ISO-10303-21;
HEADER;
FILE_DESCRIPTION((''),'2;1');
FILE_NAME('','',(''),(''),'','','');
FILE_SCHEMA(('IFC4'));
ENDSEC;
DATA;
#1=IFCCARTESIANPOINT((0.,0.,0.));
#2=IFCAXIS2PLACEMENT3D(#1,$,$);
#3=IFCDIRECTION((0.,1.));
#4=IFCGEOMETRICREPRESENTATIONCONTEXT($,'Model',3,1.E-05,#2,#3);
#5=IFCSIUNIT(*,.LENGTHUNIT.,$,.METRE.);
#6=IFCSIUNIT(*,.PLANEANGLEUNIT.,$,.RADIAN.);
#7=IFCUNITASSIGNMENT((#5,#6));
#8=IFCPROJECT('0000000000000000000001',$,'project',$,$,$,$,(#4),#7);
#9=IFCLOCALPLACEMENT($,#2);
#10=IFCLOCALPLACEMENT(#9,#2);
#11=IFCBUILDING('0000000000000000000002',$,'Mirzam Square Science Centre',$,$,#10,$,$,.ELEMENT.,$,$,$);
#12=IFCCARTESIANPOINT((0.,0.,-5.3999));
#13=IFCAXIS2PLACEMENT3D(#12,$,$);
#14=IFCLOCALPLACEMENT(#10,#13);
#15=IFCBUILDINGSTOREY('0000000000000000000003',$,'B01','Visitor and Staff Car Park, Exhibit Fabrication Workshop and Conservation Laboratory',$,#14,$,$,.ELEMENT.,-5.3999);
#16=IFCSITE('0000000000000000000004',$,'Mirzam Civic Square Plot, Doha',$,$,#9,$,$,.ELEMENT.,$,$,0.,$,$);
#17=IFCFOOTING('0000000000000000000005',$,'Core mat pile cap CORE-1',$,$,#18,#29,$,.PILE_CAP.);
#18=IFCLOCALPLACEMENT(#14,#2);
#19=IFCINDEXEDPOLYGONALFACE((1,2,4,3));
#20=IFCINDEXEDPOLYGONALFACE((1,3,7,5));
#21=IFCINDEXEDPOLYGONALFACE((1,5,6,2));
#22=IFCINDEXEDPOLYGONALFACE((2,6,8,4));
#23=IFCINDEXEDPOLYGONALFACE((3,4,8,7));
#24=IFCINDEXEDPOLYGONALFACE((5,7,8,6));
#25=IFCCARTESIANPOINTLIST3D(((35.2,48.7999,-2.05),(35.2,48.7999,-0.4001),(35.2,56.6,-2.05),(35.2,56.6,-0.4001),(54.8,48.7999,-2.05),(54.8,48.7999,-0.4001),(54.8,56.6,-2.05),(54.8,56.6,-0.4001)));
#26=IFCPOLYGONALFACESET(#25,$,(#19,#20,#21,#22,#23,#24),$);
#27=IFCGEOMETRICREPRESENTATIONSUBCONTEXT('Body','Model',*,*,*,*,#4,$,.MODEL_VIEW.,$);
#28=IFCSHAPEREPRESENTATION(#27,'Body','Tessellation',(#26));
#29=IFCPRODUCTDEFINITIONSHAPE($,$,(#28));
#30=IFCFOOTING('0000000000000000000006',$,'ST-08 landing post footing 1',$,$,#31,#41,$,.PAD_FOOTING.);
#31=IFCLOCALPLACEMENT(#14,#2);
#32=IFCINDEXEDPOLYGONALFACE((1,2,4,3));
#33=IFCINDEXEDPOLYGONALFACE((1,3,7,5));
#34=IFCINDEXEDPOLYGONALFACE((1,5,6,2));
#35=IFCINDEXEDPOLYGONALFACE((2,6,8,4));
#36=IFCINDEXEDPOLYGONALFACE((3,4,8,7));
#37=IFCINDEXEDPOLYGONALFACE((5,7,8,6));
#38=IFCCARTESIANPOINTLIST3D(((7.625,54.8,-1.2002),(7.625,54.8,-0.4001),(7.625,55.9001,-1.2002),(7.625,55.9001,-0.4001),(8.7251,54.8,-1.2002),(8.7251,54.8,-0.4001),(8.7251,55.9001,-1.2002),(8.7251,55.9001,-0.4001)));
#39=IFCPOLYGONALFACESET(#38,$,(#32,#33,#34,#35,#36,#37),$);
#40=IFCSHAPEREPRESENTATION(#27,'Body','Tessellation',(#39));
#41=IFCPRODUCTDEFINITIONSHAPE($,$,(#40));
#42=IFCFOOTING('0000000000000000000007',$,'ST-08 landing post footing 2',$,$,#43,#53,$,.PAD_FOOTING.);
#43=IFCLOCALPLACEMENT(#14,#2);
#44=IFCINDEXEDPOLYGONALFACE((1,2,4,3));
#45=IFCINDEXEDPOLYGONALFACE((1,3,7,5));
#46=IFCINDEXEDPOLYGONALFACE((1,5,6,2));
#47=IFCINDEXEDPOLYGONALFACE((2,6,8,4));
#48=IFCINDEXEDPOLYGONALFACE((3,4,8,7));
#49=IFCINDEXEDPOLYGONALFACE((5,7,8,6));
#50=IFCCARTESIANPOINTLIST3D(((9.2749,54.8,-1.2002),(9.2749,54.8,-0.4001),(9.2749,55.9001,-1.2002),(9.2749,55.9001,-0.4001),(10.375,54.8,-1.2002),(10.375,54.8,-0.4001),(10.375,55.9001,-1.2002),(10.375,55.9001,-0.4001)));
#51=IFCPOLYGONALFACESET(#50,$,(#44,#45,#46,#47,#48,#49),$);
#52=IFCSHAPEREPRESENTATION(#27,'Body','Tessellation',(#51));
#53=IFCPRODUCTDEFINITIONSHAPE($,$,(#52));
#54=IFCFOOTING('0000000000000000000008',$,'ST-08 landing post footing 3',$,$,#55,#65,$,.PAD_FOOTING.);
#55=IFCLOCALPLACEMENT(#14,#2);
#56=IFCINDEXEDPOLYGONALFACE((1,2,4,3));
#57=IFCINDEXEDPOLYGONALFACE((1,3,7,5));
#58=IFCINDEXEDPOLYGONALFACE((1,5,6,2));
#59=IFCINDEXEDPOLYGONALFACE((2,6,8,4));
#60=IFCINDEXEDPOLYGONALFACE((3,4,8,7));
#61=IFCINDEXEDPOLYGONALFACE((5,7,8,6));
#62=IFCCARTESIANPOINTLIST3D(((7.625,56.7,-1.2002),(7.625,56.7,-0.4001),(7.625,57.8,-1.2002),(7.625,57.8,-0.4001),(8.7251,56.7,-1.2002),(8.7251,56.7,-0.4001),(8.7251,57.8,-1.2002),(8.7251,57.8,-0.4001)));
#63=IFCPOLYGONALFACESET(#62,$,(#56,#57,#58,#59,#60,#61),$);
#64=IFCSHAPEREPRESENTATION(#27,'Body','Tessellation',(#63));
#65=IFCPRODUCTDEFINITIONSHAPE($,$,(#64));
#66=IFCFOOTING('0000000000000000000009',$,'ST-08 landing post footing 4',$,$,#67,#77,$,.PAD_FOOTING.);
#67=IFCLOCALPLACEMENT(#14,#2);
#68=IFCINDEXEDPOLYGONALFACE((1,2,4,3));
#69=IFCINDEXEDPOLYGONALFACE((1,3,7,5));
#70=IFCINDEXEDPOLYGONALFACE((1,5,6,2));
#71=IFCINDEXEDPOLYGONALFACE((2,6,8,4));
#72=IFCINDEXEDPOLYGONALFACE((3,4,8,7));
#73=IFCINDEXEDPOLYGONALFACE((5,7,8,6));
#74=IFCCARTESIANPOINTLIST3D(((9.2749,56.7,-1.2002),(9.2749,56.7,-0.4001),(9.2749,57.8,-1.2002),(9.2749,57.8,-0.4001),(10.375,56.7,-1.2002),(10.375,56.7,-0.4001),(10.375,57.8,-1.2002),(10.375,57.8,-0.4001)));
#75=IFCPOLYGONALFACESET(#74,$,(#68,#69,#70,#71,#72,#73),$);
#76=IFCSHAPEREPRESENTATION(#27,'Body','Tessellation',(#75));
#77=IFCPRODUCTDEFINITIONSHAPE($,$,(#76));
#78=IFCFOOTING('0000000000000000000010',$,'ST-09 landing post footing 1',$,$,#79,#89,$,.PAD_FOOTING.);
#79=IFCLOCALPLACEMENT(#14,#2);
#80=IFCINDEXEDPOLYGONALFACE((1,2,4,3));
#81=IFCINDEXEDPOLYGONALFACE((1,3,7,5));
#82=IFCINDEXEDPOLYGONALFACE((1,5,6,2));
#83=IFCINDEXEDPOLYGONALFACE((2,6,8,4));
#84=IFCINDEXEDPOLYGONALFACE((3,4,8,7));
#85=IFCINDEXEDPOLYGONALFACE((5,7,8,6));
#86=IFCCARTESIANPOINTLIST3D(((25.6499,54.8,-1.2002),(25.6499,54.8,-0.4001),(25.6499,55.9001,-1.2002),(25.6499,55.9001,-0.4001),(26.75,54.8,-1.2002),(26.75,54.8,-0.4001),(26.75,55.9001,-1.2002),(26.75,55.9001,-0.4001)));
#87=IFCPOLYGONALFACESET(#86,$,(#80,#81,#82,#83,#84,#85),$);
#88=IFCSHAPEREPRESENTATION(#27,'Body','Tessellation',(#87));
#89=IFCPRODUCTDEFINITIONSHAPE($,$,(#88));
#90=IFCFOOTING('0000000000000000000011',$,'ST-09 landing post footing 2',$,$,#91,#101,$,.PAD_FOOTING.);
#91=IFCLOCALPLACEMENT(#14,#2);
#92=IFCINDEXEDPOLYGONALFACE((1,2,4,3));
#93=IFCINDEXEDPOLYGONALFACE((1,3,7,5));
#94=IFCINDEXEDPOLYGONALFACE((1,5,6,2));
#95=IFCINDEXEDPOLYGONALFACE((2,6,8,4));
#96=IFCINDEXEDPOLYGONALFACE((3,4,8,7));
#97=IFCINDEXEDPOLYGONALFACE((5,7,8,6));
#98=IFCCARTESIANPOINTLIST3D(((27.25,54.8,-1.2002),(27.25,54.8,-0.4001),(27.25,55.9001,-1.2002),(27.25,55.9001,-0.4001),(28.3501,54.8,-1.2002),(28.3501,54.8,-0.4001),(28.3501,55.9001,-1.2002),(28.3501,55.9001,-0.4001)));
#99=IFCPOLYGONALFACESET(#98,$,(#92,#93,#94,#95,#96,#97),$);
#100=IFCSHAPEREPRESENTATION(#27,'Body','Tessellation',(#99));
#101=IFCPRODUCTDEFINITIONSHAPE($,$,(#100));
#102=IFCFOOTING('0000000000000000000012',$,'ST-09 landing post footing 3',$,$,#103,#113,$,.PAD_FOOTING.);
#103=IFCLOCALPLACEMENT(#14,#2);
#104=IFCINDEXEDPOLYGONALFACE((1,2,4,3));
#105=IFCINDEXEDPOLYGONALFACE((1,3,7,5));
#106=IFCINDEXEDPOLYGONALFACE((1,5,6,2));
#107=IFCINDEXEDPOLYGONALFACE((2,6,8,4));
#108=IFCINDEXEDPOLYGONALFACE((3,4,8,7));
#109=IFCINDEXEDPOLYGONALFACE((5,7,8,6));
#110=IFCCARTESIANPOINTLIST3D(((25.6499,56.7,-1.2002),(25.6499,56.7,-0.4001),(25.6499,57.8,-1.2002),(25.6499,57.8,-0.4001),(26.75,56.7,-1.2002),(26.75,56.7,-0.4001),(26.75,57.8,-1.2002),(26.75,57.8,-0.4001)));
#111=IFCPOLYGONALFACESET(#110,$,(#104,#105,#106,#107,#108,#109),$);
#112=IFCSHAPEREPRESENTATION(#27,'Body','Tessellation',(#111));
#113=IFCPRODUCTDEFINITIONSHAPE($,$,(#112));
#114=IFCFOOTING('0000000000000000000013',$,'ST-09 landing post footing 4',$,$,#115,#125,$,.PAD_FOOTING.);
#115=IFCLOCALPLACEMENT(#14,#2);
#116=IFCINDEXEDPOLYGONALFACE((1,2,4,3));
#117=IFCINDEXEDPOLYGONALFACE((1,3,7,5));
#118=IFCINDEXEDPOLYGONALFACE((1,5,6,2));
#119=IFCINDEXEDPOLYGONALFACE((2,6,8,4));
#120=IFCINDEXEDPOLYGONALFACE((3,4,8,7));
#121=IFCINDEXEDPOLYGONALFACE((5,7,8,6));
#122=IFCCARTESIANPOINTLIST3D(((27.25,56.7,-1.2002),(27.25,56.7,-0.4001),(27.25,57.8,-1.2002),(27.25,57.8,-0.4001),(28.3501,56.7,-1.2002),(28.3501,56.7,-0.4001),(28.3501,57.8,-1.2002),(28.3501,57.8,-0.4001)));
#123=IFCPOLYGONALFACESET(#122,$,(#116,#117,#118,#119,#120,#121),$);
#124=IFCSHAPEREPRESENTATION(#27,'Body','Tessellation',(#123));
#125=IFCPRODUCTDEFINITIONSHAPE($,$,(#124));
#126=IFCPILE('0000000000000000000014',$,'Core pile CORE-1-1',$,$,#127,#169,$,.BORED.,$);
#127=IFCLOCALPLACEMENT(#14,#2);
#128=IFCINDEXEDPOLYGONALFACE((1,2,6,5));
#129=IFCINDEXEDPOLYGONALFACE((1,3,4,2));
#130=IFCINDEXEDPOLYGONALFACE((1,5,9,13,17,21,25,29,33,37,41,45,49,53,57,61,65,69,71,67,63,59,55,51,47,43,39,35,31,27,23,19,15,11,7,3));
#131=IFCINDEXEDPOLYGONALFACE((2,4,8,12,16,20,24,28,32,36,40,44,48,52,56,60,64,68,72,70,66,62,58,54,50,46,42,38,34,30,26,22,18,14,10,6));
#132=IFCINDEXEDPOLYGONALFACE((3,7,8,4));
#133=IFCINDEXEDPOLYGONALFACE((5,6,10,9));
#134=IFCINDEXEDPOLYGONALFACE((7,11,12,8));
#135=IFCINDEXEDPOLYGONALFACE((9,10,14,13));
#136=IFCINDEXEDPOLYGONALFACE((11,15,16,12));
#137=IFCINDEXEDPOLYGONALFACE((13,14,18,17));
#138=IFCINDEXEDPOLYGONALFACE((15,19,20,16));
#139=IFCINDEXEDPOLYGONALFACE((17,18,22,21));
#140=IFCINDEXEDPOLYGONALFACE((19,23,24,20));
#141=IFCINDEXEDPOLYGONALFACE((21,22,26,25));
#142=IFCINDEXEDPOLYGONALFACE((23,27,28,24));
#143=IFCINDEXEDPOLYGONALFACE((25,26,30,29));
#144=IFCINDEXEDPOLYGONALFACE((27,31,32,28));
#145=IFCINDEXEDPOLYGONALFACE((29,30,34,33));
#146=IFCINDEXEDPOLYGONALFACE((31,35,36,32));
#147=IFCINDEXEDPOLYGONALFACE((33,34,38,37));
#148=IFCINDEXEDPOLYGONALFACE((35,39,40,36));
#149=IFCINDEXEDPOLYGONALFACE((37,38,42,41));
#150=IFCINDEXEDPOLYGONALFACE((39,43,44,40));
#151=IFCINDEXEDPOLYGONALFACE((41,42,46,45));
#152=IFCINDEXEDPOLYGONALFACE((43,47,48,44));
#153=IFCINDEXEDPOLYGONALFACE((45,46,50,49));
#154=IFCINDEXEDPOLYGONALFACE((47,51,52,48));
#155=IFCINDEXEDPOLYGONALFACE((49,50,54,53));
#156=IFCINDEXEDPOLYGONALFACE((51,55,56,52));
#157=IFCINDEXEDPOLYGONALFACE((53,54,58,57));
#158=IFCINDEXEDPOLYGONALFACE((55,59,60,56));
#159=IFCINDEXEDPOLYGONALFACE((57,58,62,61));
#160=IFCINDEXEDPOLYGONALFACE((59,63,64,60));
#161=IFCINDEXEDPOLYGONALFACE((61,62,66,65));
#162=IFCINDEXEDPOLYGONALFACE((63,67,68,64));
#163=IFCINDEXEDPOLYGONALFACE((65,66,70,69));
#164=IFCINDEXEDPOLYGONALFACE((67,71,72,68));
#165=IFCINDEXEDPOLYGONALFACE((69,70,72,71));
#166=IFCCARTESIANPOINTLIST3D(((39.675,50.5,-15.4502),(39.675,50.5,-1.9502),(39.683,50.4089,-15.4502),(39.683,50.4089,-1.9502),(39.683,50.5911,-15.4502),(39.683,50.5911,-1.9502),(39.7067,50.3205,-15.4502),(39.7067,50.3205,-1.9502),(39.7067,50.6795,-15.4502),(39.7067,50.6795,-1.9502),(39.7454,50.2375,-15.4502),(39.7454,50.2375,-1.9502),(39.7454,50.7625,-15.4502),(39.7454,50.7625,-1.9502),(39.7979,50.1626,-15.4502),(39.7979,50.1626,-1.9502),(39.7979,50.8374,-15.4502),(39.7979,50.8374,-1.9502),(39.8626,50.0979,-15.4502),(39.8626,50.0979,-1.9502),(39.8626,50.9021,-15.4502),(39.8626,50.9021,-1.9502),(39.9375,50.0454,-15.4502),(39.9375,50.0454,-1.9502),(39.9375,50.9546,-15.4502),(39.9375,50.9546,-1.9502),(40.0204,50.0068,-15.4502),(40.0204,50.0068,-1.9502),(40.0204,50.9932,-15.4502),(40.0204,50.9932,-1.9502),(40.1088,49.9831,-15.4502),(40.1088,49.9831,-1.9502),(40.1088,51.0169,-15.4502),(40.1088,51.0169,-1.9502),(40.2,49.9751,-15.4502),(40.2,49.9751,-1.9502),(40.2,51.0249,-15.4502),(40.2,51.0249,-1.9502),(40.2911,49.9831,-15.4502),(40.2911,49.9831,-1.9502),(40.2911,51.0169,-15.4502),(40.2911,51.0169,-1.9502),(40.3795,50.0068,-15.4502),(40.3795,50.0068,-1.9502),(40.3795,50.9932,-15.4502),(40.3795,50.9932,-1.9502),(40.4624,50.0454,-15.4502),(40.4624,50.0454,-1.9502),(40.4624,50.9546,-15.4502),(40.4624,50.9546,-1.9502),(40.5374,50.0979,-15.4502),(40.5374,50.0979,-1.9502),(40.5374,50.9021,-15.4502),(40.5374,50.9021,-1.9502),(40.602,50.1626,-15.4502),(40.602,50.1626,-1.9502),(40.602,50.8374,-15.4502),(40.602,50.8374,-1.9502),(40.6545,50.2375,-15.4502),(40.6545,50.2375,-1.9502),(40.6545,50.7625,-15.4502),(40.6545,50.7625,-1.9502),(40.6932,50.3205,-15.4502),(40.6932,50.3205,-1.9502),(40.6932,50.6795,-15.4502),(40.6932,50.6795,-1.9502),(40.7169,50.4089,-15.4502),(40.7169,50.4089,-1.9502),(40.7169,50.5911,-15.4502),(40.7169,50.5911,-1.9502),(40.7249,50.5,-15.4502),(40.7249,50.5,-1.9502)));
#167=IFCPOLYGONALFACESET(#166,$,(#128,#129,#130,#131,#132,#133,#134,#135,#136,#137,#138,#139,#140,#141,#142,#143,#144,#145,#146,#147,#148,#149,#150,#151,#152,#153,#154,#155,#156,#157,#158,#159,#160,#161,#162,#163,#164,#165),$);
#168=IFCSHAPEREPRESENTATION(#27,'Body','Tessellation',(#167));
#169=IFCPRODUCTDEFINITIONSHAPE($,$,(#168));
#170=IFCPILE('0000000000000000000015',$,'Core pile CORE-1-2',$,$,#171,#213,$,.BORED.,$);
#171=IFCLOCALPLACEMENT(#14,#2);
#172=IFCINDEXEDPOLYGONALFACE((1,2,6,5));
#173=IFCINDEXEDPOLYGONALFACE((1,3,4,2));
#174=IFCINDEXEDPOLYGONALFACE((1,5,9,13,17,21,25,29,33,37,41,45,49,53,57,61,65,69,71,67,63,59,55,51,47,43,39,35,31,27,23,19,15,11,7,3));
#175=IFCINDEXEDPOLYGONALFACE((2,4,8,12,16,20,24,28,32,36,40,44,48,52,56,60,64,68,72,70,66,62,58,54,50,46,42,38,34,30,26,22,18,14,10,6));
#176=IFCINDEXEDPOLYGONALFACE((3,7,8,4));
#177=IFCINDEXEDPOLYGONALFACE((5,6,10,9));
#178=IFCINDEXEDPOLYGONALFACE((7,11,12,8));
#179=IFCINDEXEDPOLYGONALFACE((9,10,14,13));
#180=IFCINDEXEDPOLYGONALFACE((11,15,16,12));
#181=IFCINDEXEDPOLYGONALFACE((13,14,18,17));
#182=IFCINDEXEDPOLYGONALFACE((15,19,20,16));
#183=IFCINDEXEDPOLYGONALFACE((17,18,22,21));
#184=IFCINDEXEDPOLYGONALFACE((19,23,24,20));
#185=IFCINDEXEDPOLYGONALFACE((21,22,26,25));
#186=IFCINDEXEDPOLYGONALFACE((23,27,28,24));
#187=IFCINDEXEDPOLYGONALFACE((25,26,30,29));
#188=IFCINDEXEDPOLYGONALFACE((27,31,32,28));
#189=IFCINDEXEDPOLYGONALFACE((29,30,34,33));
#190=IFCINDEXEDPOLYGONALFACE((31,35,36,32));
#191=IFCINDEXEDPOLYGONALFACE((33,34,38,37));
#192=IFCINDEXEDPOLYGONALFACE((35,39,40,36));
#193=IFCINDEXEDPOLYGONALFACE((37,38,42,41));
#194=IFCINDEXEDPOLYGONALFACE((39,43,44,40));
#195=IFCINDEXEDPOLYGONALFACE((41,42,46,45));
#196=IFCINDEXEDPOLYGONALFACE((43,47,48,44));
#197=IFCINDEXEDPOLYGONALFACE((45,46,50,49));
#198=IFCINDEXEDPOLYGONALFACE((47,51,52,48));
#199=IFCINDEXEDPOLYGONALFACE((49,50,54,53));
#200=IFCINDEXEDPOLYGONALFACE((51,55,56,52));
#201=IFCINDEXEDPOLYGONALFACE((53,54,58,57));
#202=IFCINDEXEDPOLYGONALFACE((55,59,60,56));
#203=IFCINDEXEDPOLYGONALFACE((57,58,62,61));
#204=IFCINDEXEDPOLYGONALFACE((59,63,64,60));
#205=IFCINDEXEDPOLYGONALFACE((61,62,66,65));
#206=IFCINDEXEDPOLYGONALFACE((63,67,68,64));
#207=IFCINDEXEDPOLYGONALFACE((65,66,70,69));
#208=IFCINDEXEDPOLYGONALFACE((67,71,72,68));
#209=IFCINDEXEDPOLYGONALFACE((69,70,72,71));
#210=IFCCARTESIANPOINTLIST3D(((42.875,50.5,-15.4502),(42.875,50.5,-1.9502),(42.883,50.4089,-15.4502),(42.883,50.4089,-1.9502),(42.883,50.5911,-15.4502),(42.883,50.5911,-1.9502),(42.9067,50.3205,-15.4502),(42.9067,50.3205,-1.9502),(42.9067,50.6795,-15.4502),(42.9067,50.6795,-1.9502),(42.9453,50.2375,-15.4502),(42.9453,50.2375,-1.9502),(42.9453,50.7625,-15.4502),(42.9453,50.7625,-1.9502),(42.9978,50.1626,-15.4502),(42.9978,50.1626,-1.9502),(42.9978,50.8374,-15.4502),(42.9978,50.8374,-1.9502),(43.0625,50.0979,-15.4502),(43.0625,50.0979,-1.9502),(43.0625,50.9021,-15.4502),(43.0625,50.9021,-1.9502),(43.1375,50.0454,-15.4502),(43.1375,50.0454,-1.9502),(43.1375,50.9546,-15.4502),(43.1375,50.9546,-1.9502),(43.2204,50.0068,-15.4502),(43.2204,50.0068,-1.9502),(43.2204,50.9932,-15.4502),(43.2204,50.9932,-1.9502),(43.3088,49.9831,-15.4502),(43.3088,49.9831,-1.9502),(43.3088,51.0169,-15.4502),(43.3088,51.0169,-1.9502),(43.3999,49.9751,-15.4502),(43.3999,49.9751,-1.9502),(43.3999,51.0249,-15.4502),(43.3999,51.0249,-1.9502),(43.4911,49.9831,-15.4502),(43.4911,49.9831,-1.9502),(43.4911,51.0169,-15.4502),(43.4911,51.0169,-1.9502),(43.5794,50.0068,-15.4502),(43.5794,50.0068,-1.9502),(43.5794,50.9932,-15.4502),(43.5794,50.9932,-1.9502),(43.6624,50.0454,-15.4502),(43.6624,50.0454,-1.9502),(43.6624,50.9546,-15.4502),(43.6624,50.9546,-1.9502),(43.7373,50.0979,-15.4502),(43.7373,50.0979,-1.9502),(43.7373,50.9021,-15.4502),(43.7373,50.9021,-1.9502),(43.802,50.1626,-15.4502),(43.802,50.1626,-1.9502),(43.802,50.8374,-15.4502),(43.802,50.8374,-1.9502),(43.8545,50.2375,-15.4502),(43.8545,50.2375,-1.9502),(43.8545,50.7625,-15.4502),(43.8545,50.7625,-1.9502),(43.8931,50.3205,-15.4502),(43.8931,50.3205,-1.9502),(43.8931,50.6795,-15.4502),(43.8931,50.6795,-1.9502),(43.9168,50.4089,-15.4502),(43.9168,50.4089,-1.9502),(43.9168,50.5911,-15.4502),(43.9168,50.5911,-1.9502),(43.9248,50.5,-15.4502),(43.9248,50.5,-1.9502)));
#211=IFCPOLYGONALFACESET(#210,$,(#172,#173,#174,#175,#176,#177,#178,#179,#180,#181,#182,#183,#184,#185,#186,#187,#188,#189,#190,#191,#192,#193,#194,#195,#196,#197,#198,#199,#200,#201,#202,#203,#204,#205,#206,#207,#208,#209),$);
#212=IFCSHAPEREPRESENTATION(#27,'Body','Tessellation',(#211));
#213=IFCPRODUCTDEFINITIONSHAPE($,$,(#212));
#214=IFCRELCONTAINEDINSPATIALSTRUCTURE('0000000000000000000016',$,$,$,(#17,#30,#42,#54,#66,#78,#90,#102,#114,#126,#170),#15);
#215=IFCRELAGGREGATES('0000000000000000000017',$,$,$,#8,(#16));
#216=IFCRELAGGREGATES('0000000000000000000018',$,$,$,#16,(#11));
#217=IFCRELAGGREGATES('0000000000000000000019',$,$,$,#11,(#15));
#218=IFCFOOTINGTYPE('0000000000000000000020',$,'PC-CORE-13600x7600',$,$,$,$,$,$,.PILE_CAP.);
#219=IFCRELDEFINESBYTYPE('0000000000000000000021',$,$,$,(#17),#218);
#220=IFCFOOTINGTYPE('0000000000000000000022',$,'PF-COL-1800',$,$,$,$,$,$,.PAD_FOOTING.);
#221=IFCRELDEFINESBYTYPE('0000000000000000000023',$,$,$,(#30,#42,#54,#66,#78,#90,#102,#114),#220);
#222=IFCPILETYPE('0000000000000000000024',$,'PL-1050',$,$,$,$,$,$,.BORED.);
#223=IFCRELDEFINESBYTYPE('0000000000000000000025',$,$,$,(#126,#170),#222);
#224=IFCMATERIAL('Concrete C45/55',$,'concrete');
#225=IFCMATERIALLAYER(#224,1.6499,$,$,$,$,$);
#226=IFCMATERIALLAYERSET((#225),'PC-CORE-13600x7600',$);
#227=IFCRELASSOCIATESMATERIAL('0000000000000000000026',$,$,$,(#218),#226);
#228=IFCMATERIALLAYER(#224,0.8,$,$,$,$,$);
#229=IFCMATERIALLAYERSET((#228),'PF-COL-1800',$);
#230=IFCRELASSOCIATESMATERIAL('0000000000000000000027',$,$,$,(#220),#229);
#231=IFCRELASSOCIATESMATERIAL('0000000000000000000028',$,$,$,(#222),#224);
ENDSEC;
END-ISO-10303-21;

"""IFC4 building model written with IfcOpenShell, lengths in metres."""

from ifc_helpers import new_model, si_unit, direction, frame, origin, origin_2d, place, context, subcontext, project, spatial, rectangle, circle, extrude, material, layer, layer_set, material_profile, profile_set, type_object, element, save


model = new_model("IFC4")

# Units and contexts
model_context = context("Model", 3, precision=1e-05, world=origin(), true_north=direction((0.0, 1.0)))
body_context = subcontext(model_context, "Body", "Model", "MODEL_VIEW")
ifc_project = project(units=[si_unit("LENGTHUNIT", "METRE"), si_unit("PLANEANGLEUNIT", "RADIAN")], contexts=[model_context])

# Site, building, storey
site_placement = place(None, origin())
site = spatial("IfcSite", under=ifc_project, at=site_placement, Name="Mirzam Civic Square Plot, Doha", CompositionType="ELEMENT", RefElevation=0.0)
building_placement = place(site_placement, origin())
building = spatial("IfcBuilding", under=site, at=building_placement, Name="Mirzam Square Science Centre", CompositionType="ELEMENT")
storey_placement = place(building_placement, frame((0.0, 0.0, -5.3999)))
storey = spatial("IfcBuildingStorey", under=building, at=storey_placement, Name="B01", Description="Visitor and Staff Car Park, Exhibit Fabrication Workshop and Conservation Laboratory", CompositionType="ELEMENT", Elevation=-5.3999)

# Footings
ifc_material_1 = material(Name="Concrete C45/55", Category="concrete")
ifc_layer_1 = layer(ifc_material_1, 1.6499)
ifc_layer_set_1 = layer_set([ifc_layer_1], Name="PC-CORE-13600x7600")
footing_type_1 = type_object("IfcFootingType", Name="PC-CORE-13600x7600", PredefinedType="PILE_CAP", material=ifc_layer_set_1)
footing_placement = place(storey_placement, frame((45.0, 52.7, -2.05), z_axis=(0.0, 0.0, 1.0), x_axis=(1.0, 0.0, 0.0)))
element("IfcFooting", 1, at=footing_placement, inside=storey, type_object=footing_type_1, Name="Core mat pile cap CORE-1", PredefinedType="PILE_CAP", context=body_context, shape_type="SweptSolid", body=[
    extrude(rectangle(XDim=19.6001, YDim=7.8, at=origin_2d()), origin(), (0.0, 0.0, 1.0), 1.6499),
])
ifc_layer_2 = layer(ifc_material_1, 0.8)
ifc_layer_set_2 = layer_set([ifc_layer_2], Name="PF-COL-1800")
footing_type_2 = type_object("IfcFootingType", Name="PF-COL-1800", PredefinedType="PAD_FOOTING", material=ifc_layer_set_2)
for number, where, z_axis, x_axis, name in (
    (2, (8.175, 55.3501, -1.2002), (0.0, 0.0, 1.0), (1.0, 0.0, 0.0), "ST-08 landing post footing 1"),
    (3, (9.825, 55.3501, -1.2002), (0.0, 0.0, 1.0), (1.0, 0.0, 0.0), "ST-08 landing post footing 2"),
    (4, (8.175, 57.25, -1.2002), (0.0, 0.0, 1.0), (1.0, 0.0, 0.0), "ST-08 landing post footing 3"),
    (5, (9.825, 57.25, -1.2002), (0.0, 0.0, 1.0), (1.0, 0.0, 0.0), "ST-08 landing post footing 4"),
    (6, (26.2, 55.3501, -1.2002), (0.0, 0.0, 1.0), (1.0, 0.0, 0.0), "ST-09 landing post footing 1"),
    (7, (27.8, 55.3501, -1.2002), (0.0, 0.0, 1.0), (1.0, 0.0, 0.0), "ST-09 landing post footing 2"),
    (8, (26.2, 57.25, -1.2002), (0.0, 0.0, 1.0), (1.0, 0.0, 0.0), "ST-09 landing post footing 3"),
    (9, (27.8, 57.25, -1.2002), (0.0, 0.0, 1.0), (1.0, 0.0, 0.0), "ST-09 landing post footing 4"),
):
    element("IfcFooting", number, at=place(storey_placement, frame(where, z_axis=z_axis, x_axis=x_axis)), inside=storey, type_object=footing_type_2, Name=name, PredefinedType="PAD_FOOTING", context=body_context, shape_type="SweptSolid", body=[
        extrude(rectangle(XDim=1.1001, YDim=1.1001, at=origin_2d()), origin(), (0.0, 0.0, 1.0), 0.8),
    ])

# Piles
ifc_material_profile_1 = material_profile(ifc_material_1, circle(Radius=0.5249, at=origin_2d()), Name="PILE-D1050")
ifc_profile_set_1 = profile_set([ifc_material_profile_1], Name="Concrete C45/55")
pile_type_1 = type_object("IfcPileType", Name="PL-1050", PredefinedType="BORED", material=ifc_profile_set_1)
for number, where, z_axis, x_axis, name in (
    (10, (40.2, 50.5, -1.9502), (0.0, 0.0, -1.0), (1.0, 0.0, 0.0), "Core pile CORE-1-1"),
    (11, (43.3999, 50.5, -1.9502), (0.0, 0.0, -1.0), (1.0, 0.0, 0.0), "Core pile CORE-1-2"),
):
    element("IfcPile", number, at=place(storey_placement, frame(where, z_axis=z_axis, x_axis=x_axis)), inside=storey, type_object=pile_type_1, Name=name, PredefinedType="BORED", context=body_context, shape_type="SweptSolid", body=[
        extrude(circle(Radius=0.5249, at=origin_2d()), origin(), (0.0, 0.0, 1.0), 13.5),
    ])

save(model, "model.ifc")
